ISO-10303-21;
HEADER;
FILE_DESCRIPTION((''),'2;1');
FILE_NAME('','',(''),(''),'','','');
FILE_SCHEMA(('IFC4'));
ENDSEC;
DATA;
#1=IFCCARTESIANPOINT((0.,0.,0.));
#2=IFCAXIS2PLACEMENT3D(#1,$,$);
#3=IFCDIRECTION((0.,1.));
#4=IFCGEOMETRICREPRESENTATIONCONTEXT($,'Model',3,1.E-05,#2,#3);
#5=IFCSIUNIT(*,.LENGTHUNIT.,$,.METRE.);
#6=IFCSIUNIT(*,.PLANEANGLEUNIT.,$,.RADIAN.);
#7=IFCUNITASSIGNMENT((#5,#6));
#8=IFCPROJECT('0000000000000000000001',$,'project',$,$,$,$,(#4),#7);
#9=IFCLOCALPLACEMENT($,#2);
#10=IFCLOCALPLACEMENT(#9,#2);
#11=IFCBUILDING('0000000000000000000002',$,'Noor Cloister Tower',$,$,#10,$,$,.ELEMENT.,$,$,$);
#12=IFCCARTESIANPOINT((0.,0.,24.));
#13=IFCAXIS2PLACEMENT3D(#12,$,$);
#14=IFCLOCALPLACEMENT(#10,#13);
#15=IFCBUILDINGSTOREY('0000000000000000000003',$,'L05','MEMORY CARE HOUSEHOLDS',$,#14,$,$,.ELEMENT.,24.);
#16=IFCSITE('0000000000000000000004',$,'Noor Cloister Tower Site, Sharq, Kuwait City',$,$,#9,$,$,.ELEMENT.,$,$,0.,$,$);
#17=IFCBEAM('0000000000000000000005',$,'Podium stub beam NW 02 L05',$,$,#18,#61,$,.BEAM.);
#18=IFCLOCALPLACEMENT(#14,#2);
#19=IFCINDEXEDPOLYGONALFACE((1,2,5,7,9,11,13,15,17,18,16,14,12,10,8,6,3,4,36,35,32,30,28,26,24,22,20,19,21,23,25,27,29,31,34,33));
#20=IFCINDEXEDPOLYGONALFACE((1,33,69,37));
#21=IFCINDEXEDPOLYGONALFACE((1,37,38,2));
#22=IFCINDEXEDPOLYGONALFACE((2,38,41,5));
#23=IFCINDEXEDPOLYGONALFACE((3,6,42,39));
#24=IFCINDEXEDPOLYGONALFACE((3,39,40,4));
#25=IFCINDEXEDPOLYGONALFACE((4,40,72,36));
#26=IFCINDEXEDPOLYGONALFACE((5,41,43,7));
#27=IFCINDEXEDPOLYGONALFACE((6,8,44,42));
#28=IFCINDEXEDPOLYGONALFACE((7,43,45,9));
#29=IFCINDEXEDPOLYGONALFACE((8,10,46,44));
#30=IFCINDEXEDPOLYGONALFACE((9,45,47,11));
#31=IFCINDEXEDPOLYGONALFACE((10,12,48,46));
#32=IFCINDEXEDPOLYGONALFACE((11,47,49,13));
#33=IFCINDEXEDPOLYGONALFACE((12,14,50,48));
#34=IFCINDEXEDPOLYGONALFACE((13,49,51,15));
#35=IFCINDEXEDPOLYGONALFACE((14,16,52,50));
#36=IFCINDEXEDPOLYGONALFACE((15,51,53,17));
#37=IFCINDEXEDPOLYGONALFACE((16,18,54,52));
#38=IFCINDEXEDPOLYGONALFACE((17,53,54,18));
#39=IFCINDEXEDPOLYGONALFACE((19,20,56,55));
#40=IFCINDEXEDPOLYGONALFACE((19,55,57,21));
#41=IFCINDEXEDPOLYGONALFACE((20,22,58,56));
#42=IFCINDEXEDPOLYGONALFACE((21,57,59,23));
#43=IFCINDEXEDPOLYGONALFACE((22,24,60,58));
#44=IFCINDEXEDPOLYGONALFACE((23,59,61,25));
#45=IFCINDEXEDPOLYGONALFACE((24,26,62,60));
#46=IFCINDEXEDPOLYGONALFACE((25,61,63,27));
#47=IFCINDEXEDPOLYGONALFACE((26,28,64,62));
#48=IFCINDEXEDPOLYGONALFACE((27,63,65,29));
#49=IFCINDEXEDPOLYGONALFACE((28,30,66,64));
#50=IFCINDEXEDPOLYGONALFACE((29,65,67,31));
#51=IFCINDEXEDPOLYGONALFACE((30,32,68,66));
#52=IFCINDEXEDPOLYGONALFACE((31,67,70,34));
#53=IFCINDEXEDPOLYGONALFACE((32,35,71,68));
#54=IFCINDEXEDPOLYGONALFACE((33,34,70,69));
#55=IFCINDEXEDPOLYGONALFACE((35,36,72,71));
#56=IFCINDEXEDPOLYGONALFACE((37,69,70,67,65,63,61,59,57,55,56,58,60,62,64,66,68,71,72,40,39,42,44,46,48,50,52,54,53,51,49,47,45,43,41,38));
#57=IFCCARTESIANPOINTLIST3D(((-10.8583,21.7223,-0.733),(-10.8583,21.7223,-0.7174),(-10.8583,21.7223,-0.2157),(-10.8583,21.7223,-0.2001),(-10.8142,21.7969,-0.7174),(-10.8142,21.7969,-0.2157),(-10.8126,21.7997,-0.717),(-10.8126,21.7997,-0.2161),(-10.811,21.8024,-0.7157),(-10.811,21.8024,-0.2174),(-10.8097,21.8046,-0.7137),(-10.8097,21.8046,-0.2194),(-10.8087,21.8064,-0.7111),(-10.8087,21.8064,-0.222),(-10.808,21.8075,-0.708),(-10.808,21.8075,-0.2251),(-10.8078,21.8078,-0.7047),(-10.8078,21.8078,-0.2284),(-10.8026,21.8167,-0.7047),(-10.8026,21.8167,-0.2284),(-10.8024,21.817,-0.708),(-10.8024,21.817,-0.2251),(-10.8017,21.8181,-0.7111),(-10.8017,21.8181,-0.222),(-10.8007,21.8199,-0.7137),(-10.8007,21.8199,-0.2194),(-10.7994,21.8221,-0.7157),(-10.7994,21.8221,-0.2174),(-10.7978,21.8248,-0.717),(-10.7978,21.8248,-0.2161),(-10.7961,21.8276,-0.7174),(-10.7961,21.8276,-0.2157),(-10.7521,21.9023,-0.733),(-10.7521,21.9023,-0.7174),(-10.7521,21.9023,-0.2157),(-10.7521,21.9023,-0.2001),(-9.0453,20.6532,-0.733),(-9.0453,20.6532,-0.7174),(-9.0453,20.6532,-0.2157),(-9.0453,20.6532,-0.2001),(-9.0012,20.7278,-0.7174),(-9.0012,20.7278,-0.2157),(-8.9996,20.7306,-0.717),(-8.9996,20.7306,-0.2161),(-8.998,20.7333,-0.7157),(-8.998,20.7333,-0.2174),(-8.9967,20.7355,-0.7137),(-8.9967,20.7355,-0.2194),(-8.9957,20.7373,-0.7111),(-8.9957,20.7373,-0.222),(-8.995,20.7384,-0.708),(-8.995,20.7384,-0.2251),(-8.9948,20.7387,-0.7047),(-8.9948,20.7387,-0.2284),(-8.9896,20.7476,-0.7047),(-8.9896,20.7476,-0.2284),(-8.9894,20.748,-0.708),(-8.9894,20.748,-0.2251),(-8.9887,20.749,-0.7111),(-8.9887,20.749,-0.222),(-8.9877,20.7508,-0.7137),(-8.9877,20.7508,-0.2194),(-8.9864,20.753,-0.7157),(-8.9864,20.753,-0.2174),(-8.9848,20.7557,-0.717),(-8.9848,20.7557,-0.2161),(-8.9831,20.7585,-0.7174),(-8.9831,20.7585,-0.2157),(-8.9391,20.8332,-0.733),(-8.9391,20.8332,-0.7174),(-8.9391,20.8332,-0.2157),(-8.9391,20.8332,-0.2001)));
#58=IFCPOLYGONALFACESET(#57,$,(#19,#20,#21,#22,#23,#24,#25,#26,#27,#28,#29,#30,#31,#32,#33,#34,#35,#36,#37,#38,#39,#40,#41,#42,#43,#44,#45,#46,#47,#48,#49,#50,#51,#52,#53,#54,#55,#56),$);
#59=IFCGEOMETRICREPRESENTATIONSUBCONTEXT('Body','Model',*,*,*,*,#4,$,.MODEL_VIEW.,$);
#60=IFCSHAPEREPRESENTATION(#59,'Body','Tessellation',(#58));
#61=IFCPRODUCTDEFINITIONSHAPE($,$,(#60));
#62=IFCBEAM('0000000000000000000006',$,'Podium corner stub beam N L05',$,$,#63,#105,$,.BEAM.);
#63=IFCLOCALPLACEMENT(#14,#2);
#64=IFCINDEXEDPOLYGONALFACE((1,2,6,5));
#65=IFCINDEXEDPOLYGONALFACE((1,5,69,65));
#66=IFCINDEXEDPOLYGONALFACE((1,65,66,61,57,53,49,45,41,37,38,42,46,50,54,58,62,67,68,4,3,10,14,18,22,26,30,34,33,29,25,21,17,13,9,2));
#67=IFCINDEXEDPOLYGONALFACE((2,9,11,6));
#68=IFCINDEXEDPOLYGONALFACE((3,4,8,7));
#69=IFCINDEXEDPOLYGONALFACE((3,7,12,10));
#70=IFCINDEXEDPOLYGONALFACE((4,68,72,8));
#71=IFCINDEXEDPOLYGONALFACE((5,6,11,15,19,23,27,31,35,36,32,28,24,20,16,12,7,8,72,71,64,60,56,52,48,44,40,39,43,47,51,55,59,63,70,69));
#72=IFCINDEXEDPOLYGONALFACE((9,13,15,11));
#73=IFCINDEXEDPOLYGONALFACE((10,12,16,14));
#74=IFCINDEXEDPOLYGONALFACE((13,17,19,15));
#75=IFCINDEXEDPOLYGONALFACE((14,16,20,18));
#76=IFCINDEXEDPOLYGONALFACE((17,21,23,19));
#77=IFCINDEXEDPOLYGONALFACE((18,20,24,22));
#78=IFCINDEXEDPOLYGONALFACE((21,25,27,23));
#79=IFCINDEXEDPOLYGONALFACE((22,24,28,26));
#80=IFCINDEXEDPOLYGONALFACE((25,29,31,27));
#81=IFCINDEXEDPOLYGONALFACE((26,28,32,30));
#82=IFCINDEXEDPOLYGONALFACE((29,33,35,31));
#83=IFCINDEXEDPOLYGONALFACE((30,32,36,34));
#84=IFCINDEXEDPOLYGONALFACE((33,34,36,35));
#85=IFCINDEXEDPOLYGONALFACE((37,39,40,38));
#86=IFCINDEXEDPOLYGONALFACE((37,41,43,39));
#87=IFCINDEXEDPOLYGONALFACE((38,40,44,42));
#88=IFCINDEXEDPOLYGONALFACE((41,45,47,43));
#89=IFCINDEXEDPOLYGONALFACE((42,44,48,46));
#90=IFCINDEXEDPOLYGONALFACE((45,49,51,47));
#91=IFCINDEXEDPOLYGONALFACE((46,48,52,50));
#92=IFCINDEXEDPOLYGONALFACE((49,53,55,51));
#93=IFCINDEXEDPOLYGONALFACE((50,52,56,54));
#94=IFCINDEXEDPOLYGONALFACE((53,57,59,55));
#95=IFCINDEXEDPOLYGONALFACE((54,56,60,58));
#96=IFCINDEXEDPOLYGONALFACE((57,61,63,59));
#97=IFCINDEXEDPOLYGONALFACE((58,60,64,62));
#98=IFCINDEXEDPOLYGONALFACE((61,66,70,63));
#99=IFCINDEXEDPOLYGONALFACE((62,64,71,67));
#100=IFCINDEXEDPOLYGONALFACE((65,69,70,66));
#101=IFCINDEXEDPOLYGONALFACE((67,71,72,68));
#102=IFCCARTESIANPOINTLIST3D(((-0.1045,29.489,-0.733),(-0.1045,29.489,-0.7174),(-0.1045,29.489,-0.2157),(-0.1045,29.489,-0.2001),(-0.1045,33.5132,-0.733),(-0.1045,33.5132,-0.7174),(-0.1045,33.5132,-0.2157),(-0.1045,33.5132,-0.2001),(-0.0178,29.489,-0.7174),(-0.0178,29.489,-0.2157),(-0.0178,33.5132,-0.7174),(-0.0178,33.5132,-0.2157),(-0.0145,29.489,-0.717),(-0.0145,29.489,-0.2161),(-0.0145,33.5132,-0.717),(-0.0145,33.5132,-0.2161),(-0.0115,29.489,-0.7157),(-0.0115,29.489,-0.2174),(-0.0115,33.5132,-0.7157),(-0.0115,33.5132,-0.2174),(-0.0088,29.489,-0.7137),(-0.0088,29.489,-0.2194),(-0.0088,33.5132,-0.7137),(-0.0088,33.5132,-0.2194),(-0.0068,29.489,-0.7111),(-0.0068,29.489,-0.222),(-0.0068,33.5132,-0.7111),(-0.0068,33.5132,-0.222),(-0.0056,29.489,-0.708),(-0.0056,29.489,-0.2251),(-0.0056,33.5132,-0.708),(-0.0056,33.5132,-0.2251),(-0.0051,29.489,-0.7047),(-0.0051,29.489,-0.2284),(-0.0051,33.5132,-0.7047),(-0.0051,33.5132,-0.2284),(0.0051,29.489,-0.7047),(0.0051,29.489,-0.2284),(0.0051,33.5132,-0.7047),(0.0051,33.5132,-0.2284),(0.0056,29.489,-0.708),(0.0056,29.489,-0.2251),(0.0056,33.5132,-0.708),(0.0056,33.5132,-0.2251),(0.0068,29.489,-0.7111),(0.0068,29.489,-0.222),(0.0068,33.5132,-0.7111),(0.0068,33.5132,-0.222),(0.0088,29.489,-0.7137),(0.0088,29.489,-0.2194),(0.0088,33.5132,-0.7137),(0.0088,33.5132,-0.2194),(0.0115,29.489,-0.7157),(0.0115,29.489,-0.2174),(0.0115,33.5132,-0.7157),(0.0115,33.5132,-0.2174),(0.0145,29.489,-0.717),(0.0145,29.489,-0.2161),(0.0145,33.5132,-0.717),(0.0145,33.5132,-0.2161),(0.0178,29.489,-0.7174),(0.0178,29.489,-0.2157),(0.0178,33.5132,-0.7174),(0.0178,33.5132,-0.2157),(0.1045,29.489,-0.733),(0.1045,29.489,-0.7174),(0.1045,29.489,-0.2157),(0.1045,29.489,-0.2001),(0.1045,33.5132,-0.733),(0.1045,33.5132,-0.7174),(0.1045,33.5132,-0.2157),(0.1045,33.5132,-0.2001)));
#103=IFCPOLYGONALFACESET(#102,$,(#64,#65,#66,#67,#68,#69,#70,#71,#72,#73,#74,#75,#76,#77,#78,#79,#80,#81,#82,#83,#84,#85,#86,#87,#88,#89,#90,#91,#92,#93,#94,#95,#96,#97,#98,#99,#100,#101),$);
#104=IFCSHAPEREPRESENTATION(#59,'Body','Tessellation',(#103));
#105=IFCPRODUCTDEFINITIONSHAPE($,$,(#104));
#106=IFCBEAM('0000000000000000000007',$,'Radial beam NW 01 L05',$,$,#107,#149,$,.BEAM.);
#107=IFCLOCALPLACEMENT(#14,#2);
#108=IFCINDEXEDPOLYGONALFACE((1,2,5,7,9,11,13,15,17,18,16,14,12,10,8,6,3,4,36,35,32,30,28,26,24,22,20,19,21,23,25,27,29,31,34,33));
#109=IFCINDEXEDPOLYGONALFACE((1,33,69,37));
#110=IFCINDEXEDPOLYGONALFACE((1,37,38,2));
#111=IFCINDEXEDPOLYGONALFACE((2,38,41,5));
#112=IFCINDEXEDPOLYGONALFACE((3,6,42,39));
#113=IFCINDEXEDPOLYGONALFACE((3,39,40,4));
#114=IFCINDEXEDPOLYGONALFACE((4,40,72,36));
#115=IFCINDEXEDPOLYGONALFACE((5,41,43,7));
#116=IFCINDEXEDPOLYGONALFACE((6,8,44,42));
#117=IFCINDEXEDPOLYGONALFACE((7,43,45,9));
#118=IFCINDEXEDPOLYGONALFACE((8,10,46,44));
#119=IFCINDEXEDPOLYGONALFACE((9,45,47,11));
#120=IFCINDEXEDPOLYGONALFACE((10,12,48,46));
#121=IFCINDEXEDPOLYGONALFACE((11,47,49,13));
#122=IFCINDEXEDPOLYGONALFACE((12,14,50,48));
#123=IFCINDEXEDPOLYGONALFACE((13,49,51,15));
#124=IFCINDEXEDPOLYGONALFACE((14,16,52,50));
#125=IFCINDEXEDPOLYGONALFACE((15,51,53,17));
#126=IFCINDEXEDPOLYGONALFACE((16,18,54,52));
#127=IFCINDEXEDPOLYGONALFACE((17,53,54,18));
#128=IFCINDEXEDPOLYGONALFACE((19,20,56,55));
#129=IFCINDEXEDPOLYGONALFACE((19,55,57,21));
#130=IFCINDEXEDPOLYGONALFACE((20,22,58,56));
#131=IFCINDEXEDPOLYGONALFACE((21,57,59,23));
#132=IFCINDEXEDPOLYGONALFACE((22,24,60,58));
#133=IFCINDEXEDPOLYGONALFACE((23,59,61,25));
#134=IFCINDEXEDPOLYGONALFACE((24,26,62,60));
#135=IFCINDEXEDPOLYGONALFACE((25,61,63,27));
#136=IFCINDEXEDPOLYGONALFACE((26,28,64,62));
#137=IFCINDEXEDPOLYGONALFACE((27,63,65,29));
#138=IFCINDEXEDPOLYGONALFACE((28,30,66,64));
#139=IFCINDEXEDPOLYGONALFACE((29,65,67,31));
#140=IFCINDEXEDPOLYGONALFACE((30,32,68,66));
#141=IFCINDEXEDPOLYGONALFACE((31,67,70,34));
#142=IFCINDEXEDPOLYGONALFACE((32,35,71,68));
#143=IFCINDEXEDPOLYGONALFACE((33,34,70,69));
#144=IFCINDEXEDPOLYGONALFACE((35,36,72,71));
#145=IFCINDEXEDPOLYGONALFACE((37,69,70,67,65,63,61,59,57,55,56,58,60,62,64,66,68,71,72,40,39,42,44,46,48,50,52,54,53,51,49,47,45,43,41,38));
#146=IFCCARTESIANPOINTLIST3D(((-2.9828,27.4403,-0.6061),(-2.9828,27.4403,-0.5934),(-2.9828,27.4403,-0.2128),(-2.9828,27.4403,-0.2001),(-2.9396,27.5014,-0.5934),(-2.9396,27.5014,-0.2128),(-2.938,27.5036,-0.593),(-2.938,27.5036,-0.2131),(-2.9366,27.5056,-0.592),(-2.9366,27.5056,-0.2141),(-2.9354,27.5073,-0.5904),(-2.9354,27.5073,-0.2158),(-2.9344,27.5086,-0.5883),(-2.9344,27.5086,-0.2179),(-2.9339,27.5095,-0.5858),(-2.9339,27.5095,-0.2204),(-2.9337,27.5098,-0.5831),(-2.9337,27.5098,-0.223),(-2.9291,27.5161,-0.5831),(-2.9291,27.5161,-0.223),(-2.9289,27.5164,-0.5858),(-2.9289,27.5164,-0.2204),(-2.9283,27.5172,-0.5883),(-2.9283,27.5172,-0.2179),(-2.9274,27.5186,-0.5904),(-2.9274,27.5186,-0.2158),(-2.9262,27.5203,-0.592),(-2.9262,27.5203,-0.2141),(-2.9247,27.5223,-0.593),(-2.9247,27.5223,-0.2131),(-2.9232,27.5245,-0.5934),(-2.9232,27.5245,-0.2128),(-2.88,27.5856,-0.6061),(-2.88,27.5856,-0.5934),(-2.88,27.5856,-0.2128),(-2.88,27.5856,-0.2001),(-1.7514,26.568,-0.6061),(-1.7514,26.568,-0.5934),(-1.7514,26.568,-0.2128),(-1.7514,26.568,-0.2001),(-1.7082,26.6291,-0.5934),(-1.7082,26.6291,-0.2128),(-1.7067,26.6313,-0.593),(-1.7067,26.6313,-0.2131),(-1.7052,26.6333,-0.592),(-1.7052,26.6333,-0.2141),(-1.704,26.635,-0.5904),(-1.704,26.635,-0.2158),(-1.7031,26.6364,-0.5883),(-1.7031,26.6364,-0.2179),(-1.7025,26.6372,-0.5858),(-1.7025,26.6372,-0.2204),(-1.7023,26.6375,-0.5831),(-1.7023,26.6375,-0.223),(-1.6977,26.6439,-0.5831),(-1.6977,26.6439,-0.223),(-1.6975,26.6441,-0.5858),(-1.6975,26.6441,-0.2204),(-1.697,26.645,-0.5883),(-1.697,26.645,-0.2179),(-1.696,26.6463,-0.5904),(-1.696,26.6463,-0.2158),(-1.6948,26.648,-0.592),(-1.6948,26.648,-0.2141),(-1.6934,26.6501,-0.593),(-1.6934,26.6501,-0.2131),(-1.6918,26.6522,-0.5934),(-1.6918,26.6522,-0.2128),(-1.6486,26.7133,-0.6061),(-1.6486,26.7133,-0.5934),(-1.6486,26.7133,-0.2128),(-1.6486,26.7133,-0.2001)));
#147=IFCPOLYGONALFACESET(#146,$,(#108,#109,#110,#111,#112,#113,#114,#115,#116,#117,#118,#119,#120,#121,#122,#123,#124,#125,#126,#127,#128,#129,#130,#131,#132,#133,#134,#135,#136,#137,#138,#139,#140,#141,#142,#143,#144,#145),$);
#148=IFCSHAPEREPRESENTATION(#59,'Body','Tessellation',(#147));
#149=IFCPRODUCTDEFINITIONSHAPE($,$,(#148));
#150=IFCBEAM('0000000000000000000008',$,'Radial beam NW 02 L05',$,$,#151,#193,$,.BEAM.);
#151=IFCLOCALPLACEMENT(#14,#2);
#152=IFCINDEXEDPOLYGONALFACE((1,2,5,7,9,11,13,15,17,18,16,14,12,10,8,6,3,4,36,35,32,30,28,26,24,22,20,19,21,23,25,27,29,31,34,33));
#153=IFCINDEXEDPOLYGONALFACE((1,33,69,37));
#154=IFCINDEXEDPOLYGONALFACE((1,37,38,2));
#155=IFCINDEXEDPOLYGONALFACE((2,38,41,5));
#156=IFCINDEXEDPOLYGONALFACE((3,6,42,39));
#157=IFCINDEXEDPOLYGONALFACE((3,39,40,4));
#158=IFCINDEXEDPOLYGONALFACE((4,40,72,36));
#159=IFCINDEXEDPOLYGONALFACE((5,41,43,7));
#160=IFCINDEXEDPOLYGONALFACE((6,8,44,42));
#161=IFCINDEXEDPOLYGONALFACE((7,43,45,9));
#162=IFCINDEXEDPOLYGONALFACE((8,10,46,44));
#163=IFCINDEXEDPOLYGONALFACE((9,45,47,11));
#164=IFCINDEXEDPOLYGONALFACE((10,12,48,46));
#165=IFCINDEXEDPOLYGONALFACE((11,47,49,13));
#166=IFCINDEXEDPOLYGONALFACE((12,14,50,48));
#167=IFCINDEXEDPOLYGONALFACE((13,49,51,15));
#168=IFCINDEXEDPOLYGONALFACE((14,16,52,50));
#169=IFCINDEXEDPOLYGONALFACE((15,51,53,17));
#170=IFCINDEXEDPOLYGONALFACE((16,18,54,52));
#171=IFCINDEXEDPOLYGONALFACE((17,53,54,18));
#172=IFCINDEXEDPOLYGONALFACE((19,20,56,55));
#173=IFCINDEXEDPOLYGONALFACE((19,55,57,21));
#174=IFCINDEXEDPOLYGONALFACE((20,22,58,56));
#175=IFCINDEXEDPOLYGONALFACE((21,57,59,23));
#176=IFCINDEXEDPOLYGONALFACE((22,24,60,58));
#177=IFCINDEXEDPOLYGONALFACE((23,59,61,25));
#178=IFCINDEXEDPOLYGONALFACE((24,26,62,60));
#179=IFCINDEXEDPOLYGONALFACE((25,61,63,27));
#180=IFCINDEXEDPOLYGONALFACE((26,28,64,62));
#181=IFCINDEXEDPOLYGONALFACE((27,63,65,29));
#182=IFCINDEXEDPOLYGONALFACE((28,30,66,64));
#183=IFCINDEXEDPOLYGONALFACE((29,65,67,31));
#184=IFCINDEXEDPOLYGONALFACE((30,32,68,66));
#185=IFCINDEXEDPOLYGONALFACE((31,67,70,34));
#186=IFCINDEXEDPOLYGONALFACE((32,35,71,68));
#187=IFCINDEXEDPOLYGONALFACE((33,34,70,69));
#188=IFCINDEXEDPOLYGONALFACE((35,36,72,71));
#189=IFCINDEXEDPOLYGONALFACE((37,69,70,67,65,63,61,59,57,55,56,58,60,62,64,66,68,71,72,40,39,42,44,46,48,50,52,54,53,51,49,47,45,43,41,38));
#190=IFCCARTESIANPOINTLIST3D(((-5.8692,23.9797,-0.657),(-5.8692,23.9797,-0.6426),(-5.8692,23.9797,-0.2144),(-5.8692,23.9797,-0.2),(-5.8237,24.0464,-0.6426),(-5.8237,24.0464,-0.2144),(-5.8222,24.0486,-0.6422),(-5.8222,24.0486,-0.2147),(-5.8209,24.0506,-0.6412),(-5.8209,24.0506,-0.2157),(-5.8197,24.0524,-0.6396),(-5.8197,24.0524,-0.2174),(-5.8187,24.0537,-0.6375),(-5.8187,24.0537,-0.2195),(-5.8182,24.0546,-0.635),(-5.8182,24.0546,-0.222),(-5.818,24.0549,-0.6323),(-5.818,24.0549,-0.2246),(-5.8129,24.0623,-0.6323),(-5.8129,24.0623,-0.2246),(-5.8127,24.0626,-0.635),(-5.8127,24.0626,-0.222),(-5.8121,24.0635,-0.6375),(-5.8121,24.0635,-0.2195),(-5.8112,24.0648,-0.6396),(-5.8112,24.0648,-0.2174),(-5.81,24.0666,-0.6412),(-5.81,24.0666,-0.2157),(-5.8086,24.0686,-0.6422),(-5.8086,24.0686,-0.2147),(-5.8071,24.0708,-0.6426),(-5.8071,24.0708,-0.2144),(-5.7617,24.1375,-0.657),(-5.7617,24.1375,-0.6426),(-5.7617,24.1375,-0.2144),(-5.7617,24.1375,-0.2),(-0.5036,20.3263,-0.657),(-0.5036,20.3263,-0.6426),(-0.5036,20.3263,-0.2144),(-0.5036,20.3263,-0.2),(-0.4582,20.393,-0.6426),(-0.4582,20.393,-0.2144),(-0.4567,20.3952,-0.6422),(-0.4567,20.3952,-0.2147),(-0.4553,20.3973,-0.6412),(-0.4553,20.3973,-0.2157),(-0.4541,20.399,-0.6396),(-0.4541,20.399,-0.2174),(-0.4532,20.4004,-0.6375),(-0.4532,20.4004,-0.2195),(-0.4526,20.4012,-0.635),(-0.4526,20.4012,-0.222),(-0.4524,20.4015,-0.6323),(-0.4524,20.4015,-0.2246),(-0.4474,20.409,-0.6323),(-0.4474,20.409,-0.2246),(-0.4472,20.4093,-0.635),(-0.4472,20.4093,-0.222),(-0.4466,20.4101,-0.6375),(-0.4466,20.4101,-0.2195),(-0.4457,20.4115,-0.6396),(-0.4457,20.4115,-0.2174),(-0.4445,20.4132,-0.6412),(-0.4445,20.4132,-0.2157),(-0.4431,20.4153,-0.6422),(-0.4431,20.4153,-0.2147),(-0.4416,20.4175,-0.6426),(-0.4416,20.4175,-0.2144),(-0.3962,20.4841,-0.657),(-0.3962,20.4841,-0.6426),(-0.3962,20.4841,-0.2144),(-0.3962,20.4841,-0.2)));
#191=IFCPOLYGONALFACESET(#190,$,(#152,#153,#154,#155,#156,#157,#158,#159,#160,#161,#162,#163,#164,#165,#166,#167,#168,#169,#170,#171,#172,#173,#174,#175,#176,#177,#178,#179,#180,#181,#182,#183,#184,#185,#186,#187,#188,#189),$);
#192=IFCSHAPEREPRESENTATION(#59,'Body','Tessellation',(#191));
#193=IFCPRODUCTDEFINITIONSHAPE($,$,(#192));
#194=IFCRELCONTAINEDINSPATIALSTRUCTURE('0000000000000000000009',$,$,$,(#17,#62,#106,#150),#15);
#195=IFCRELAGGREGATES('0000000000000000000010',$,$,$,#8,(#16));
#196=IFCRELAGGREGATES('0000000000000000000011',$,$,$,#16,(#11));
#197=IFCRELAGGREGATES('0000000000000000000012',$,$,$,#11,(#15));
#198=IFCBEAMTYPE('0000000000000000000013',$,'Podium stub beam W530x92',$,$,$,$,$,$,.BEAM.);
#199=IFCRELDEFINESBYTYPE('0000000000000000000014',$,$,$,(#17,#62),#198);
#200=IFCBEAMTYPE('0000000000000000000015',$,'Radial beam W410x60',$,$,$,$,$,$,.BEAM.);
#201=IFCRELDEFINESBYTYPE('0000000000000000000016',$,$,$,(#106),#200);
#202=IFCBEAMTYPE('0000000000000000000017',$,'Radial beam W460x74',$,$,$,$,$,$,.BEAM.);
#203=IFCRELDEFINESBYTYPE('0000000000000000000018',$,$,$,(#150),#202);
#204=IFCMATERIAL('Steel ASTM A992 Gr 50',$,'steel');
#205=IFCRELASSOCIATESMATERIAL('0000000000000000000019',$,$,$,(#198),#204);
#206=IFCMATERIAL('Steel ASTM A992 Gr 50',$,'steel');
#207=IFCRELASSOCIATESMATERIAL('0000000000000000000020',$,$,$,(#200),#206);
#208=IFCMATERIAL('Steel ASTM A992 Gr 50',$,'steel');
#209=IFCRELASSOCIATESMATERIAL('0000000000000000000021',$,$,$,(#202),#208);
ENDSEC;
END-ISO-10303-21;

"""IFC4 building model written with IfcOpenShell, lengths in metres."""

from ifc_helpers import new_model, si_unit, direction, frame, origin, origin_2d, place, context, subcontext, project, spatial, i_section, extrude, material, material_profile, profile_set, type_object, element, save


model = new_model("IFC4")

# Units and contexts
model_context = context("Model", 3, precision=1e-05, world=origin(), true_north=direction((0.0, 1.0)))
body_context = subcontext(model_context, "Body", "Model", "MODEL_VIEW")
ifc_project = project(units=[si_unit("LENGTHUNIT", "METRE"), si_unit("PLANEANGLEUNIT", "RADIAN")], contexts=[model_context])

# Site, building, storey
site_placement = place(None, origin())
site = spatial("IfcSite", under=ifc_project, at=site_placement, Name="Noor Cloister Tower Site, Sharq, Kuwait City", CompositionType="ELEMENT", RefElevation=0.0)
building_placement = place(site_placement, origin())
building = spatial("IfcBuilding", under=site, at=building_placement, Name="Noor Cloister Tower", CompositionType="ELEMENT")
storey_placement = place(building_placement, frame((0.0, 0.0, 24.0)))
storey = spatial("IfcBuildingStorey", under=building, at=storey_placement, Name="L05", Description="MEMORY CARE HOUSEHOLDS", CompositionType="ELEMENT", Elevation=24.0)

# Beams
ifc_material_1 = material(Name="Steel ASTM A992 Gr 50", Category="steel")
ifc_material_profile_1 = material_profile(ifc_material_1, i_section(OverallWidth=0.209, OverallDepth=0.533, WebThickness=0.0103, FlangeThickness=0.0156, FilletRadius=0.0127, at=origin_2d()), Name="W530x92")
ifc_profile_set_1 = profile_set([ifc_material_profile_1], Name="Steel ASTM A992 Gr 50")
beam_type_1 = type_object("IfcBeamType", Name="Podium stub beam W530x92", PredefinedType="BEAM", material=ifc_profile_set_1)
beam_1_placement = place(storey_placement, frame((-8.9922, 20.7432, -0.4666), z_axis=(-0.861388, 0.507948, 0.0), x_axis=(-0.507948, -0.861388, 0.0)))
element("IfcBeam", 1, at=beam_1_placement, inside=storey, type_object=beam_type_1, Name="Podium stub beam NW 02 L05", PredefinedType="BEAM", context=body_context, shape_type="SweptSolid", body=[
    extrude(i_section(OverallWidth=0.209, OverallDepth=0.533, WebThickness=0.0103, FlangeThickness=0.0156, FilletRadius=0.0127, at=origin_2d()), origin(), (0.0, 0.0, 1.0), 2.1047),
])
beam_2_placement = place(storey_placement, frame((0.0, 29.489, -0.4666), z_axis=(0.0, 1.0, 0.0), x_axis=(-1.0, 0.0, 0.0)))
element("IfcBeam", 2, at=beam_2_placement, inside=storey, type_object=beam_type_1, Name="Podium corner stub beam N L05", PredefinedType="BEAM", context=body_context, shape_type="SweptSolid", body=[
    extrude(i_section(OverallWidth=0.209, OverallDepth=0.533, WebThickness=0.0103, FlangeThickness=0.0156, FilletRadius=0.0127, at=origin_2d()), origin(), (0.0, 0.0, 1.0), 4.0242),
])
ifc_material_2 = material(Name="Steel ASTM A992 Gr 50", Category="steel")
ifc_material_profile_2 = material_profile(ifc_material_2, i_section(OverallWidth=0.178, OverallDepth=0.406, WebThickness=0.0078, FlangeThickness=0.0127, FilletRadius=0.0103, at=origin_2d()), Name="W410x60")
ifc_profile_set_2 = profile_set([ifc_material_profile_2], Name="Steel ASTM A992 Gr 50")
beam_type_2 = type_object("IfcBeamType", Name="Radial beam W410x60", PredefinedType="BEAM", material=ifc_profile_set_2)
beam_3_placement = place(storey_placement, frame((-2.9314, 27.5129, -0.4031), z_axis=(0.816012, -0.578035, 0.0), x_axis=(0.578035, 0.816012, 0.0)))
element("IfcBeam", 3, at=beam_3_placement, inside=storey, type_object=beam_type_2, Name="Radial beam NW 01 L05", PredefinedType="BEAM", context=body_context, shape_type="SweptSolid", body=[
    extrude(i_section(OverallWidth=0.178, OverallDepth=0.406, WebThickness=0.0078, FlangeThickness=0.0127, FilletRadius=0.0103, at=origin_2d()), origin(), (0.0, 0.0, 1.0), 1.509),
])
ifc_material_3 = material(Name="Steel ASTM A992 Gr 50", Category="steel")
ifc_material_profile_3 = material_profile(ifc_material_3, i_section(OverallWidth=0.1909, OverallDepth=0.457, WebThickness=0.009, FlangeThickness=0.0144, FilletRadius=0.0103, at=origin_2d()), Name="W460x74")
ifc_profile_set_3 = profile_set([ifc_material_profile_3], Name="Steel ASTM A992 Gr 50")
beam_type_3 = type_object("IfcBeamType", Name="Radial beam W460x74", PredefinedType="BEAM", material=ifc_profile_set_3)
beam_4_placement = place(storey_placement, frame((-5.8154, 24.0586, -0.4285), z_axis=(0.826583, -0.562815, 0.0), x_axis=(0.562815, 0.826583, 0.0)))
element("IfcBeam", 4, at=beam_4_placement, inside=storey, type_object=beam_type_3, Name="Radial beam NW 02 L05", PredefinedType="BEAM", context=body_context, shape_type="SweptSolid", body=[
    extrude(i_section(OverallWidth=0.1909, OverallDepth=0.457, WebThickness=0.009, FlangeThickness=0.0144, FilletRadius=0.0103, at=origin_2d()), origin(), (0.0, 0.0, 1.0), 6.4912),
])

save(model, "model.ifc")
